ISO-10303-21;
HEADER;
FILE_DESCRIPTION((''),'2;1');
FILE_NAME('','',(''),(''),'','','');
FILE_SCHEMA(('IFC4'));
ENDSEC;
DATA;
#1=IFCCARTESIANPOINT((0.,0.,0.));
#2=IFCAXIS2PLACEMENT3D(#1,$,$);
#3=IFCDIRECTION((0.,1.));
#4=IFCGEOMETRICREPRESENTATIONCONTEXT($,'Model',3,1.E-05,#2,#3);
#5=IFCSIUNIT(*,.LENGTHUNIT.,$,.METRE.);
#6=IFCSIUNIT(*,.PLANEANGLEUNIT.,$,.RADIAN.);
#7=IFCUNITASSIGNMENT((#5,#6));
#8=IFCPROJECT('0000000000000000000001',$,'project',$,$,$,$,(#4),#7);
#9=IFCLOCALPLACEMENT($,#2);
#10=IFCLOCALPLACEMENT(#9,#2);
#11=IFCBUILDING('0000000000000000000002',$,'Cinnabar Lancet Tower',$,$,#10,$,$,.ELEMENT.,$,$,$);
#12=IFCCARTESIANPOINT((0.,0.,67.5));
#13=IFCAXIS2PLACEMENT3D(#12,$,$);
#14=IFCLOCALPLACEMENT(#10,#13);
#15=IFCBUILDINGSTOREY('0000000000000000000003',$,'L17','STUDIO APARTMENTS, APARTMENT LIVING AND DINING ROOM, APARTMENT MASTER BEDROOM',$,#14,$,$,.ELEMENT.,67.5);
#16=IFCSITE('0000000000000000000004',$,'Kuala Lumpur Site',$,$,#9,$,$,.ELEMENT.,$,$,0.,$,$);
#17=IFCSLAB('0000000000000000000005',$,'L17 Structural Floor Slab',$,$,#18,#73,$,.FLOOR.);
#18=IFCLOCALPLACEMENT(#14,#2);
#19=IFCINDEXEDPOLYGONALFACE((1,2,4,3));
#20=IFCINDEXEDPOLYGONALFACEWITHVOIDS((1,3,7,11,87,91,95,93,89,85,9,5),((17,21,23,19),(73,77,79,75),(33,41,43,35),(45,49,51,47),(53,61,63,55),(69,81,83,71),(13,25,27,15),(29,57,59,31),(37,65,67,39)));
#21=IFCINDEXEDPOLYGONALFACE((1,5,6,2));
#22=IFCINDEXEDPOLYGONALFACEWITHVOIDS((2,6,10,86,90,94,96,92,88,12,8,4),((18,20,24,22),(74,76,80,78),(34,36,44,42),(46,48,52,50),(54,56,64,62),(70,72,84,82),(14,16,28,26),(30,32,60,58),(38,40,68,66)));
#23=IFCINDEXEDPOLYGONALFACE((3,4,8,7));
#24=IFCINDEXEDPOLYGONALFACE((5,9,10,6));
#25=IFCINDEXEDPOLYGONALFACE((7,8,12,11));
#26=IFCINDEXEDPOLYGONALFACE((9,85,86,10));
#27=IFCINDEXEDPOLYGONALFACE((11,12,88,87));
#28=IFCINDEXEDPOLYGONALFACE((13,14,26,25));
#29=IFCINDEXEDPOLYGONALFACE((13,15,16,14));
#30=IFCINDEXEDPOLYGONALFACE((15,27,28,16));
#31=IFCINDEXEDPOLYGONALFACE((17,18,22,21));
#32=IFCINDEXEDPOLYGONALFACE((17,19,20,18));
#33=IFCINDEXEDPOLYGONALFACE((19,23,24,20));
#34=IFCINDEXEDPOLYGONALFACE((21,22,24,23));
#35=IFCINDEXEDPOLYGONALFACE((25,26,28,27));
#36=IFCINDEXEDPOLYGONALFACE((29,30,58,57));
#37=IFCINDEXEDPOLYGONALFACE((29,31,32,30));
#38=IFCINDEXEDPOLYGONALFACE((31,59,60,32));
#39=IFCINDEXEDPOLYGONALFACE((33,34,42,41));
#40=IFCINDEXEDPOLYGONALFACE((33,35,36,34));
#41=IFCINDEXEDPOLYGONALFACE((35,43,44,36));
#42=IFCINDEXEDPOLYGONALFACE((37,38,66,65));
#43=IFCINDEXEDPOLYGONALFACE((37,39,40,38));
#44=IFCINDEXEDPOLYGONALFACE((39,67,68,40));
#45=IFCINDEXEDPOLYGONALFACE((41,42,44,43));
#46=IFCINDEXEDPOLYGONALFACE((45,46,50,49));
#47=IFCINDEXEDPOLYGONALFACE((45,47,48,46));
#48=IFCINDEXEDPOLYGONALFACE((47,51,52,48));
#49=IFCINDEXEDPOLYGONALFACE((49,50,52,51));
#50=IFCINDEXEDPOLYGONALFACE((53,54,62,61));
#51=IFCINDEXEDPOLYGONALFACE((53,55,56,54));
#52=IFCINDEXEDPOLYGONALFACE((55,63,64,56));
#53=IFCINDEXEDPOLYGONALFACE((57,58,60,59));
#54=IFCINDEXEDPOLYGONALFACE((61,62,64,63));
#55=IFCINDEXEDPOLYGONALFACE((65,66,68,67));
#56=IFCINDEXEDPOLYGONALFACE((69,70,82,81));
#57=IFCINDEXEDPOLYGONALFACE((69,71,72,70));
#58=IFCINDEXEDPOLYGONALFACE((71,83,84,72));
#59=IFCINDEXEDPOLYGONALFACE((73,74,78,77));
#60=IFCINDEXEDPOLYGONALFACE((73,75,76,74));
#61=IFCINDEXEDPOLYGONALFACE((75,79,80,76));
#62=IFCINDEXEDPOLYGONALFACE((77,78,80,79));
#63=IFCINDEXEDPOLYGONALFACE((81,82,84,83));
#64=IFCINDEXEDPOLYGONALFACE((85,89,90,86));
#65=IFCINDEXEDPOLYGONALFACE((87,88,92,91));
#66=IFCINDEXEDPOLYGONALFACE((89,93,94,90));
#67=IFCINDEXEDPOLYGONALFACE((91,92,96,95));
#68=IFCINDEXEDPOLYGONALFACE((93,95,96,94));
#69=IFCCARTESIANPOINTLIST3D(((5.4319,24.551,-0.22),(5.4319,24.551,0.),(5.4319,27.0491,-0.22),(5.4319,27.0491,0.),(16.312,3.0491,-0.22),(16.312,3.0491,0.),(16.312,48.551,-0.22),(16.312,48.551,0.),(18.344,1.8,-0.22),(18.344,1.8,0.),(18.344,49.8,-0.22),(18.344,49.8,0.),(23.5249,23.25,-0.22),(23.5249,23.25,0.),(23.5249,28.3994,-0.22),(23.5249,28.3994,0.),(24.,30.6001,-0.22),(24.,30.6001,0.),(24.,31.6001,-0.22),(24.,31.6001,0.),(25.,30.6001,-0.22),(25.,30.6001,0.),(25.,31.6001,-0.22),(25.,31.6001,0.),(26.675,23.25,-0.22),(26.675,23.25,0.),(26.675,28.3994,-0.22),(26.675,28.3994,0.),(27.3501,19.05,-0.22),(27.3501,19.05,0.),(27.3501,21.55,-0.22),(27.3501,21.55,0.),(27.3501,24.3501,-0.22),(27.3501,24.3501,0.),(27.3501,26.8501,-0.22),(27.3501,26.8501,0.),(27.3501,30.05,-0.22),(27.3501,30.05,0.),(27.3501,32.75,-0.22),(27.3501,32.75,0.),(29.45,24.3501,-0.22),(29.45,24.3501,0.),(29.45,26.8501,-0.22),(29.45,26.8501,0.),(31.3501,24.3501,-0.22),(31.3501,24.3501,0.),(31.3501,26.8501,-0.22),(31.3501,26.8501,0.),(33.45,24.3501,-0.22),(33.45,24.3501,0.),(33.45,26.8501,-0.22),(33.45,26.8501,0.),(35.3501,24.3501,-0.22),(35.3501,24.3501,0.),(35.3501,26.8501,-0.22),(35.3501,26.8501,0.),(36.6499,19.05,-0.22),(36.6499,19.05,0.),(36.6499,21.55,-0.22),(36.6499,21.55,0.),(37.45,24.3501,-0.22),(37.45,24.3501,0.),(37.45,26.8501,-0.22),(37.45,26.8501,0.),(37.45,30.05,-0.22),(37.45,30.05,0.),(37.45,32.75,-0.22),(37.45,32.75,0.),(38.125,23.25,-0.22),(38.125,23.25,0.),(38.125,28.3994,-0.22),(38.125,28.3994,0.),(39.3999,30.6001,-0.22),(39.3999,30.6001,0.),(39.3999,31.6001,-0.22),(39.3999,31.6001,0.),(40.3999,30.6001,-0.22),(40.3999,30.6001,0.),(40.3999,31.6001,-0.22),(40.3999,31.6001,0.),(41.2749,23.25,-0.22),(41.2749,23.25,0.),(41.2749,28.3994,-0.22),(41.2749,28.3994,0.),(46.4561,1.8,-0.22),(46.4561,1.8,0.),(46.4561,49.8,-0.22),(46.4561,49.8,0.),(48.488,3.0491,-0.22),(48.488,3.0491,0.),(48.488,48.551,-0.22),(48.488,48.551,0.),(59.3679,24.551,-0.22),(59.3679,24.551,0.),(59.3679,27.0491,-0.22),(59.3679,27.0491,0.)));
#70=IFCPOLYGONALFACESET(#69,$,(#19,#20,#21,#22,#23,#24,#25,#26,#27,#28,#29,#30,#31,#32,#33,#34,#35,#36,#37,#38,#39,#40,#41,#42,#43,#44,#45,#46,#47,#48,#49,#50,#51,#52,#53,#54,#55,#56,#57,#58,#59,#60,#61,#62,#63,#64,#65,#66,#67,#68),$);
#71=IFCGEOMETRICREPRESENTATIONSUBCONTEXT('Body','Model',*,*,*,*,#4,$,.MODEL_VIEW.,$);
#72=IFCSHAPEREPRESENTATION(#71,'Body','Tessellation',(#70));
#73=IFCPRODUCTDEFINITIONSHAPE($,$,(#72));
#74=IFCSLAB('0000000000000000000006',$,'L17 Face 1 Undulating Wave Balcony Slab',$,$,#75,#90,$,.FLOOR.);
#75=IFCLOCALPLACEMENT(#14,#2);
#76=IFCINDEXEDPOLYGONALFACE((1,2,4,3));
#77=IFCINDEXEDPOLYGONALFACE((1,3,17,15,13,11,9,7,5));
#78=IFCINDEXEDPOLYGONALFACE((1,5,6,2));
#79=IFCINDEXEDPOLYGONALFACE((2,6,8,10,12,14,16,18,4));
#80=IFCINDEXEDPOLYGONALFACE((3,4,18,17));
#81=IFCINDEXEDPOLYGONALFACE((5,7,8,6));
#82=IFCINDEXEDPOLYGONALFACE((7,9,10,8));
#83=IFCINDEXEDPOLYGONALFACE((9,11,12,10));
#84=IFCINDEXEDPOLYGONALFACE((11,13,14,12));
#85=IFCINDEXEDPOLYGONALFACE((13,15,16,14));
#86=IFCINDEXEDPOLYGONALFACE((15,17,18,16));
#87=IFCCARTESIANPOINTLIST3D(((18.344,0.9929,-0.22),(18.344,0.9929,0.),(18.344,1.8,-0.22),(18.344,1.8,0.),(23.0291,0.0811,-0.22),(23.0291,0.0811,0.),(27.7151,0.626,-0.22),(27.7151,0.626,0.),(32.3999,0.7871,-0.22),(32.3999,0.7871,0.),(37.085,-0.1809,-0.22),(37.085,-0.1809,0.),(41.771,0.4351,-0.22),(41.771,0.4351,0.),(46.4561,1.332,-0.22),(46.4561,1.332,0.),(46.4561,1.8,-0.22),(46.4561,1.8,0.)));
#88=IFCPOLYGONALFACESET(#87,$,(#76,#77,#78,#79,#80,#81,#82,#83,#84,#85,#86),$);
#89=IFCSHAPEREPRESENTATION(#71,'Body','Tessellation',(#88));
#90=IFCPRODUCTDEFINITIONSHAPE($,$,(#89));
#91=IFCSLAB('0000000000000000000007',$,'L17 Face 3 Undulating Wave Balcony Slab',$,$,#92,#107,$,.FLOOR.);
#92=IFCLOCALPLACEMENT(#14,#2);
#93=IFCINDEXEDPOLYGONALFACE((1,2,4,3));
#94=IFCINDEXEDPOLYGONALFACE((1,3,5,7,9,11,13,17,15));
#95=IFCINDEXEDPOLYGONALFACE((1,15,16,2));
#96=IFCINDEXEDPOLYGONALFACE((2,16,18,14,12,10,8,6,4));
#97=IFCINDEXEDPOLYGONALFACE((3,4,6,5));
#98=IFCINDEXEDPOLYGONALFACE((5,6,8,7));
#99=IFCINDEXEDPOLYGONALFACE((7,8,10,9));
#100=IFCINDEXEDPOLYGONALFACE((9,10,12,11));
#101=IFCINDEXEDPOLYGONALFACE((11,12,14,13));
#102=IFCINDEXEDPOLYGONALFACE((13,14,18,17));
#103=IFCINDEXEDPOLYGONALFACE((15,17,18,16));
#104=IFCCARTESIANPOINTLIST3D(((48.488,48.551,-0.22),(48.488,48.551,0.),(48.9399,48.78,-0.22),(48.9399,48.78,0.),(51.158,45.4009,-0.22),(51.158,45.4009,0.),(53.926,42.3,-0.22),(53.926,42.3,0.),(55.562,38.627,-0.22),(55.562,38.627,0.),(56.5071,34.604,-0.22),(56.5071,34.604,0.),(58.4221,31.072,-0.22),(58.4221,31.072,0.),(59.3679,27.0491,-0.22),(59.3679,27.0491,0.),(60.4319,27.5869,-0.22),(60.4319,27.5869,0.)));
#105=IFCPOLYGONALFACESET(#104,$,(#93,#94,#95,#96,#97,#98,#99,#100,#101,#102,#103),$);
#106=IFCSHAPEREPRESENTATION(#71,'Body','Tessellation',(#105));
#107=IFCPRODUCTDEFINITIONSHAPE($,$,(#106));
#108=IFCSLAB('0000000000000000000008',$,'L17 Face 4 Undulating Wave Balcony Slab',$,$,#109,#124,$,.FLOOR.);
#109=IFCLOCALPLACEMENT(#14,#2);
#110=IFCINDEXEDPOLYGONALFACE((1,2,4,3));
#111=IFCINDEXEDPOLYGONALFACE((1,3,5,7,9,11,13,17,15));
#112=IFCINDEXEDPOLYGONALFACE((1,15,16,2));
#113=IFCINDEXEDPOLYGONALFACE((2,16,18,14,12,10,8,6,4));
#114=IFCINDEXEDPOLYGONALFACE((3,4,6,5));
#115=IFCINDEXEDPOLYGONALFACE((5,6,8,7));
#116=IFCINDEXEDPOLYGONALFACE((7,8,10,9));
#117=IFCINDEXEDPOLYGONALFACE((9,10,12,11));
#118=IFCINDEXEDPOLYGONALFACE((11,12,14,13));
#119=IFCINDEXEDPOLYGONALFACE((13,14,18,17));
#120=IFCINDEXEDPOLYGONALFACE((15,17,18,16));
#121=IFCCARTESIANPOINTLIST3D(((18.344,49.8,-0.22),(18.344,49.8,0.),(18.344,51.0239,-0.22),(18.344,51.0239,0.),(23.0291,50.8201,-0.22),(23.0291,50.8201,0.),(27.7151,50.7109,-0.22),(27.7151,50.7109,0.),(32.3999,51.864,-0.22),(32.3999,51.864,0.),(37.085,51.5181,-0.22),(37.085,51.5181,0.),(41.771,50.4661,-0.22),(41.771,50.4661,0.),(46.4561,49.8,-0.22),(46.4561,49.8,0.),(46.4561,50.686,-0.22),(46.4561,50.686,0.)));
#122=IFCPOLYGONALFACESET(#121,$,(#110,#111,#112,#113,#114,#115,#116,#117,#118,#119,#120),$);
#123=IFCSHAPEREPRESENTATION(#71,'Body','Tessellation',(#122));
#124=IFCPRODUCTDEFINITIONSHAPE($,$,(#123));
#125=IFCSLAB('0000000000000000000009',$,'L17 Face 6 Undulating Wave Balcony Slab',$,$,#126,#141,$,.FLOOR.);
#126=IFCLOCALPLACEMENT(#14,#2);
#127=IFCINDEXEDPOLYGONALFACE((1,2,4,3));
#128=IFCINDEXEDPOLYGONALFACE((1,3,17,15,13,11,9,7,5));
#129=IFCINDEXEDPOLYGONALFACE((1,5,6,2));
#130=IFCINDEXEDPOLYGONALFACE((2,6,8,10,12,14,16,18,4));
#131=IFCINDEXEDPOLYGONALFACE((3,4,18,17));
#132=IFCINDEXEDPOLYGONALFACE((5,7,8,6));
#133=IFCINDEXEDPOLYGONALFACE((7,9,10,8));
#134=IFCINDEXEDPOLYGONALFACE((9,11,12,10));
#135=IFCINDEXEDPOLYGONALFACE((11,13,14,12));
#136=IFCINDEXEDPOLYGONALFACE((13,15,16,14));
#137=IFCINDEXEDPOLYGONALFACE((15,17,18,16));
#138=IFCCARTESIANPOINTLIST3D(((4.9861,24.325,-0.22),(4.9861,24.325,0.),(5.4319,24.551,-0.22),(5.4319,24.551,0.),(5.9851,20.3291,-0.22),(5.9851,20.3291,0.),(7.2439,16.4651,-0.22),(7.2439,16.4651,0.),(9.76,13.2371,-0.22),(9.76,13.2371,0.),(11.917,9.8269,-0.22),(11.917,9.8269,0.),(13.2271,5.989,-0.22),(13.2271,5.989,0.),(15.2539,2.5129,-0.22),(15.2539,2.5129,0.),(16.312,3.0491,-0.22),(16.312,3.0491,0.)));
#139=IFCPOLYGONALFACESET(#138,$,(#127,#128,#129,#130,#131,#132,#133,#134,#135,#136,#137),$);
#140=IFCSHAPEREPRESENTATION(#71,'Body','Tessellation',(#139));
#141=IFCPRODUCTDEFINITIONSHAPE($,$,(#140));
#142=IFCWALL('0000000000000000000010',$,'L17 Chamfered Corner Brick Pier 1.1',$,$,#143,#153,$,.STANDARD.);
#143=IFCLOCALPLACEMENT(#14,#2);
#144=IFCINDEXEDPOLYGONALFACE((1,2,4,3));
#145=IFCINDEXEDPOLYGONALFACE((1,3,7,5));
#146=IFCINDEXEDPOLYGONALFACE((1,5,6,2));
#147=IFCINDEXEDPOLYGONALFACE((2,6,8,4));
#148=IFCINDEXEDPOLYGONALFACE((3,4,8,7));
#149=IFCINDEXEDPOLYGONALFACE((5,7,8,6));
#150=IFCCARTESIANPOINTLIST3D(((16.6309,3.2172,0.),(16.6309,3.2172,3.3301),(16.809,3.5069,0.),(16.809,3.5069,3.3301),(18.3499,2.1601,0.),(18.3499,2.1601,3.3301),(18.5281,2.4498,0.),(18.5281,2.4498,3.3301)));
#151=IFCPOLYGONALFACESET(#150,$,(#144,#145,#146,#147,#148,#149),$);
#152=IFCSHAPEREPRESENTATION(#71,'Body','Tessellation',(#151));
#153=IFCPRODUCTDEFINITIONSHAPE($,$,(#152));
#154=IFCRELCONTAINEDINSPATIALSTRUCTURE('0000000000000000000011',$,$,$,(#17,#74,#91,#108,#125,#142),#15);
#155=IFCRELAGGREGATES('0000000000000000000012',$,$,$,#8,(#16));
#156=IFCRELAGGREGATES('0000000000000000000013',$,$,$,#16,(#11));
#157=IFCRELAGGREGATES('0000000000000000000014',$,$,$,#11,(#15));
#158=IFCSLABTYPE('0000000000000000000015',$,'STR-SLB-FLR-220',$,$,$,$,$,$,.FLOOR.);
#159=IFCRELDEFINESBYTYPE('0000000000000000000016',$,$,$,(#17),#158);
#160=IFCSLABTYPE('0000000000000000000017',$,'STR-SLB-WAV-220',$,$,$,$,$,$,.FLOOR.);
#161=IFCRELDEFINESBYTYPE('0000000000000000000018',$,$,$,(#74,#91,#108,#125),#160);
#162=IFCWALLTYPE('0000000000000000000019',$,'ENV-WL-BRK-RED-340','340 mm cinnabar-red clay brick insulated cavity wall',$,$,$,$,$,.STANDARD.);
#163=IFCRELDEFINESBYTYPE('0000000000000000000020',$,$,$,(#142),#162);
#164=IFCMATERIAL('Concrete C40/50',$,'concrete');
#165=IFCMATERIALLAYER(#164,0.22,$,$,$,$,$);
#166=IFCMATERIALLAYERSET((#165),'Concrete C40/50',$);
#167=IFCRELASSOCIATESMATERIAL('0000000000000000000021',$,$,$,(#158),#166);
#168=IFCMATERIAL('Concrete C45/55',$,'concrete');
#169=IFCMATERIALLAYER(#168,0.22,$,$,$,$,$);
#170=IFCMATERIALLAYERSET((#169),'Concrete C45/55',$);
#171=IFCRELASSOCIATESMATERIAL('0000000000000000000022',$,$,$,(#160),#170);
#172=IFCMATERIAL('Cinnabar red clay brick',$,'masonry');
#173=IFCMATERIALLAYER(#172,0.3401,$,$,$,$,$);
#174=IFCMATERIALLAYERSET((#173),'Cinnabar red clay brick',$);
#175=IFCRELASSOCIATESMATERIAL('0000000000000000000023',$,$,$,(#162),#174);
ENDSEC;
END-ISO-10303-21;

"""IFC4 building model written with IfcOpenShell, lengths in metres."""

from ifc_helpers import new_model, si_unit, direction, frame, frame_2d, origin, place, context, subcontext, project, spatial, polyline, rectangle, outline, extrude, material, layer, layer_set, type_object, element, save


model = new_model("IFC4")

# Units and contexts
model_context = context("Model", 3, precision=1e-05, world=origin(), true_north=direction((0.0, 1.0)))
body_context = subcontext(model_context, "Body", "Model", "MODEL_VIEW")
ifc_project = project(units=[si_unit("LENGTHUNIT", "METRE"), si_unit("PLANEANGLEUNIT", "RADIAN")], contexts=[model_context])

# Site, building, storey
site_placement = place(None, origin())
site = spatial("IfcSite", under=ifc_project, at=site_placement, Name="Kuala Lumpur Site", CompositionType="ELEMENT", RefElevation=0.0)
building_placement = place(site_placement, origin())
building = spatial("IfcBuilding", under=site, at=building_placement, Name="Cinnabar Lancet Tower", CompositionType="ELEMENT")
storey_placement = place(building_placement, frame((0.0, 0.0, 67.5)))
storey = spatial("IfcBuildingStorey", under=building, at=storey_placement, Name="L17", Description="STUDIO APARTMENTS, APARTMENT LIVING AND DINING ROOM, APARTMENT MASTER BEDROOM", CompositionType="ELEMENT", Elevation=67.5)

# Slabs
ifc_material_1 = material(Name="Concrete C40/50", Category="concrete")
ifc_layer_1 = layer(ifc_material_1, 0.22)
ifc_layer_set_1 = layer_set([ifc_layer_1], Name="Concrete C40/50")
slab_type_1 = type_object("IfcSlabType", Name="STR-SLB-FLR-220", PredefinedType="FLOOR", material=ifc_layer_set_1)
slab_1_placement = place(storey_placement, frame((0.0, 0.0, -0.22)))
element("IfcSlab", 1, at=slab_1_placement, inside=storey, type_object=slab_type_1, Name="L17 Structural Floor Slab", PredefinedType="FLOOR", context=body_context, shape_type="SweptSolid", body=[
    extrude(outline(polyline([(16.312, 3.0491), (18.344, 1.8), (46.4561, 1.8), (48.488, 3.0491), (59.3679, 24.551), (59.3679, 27.0491), (48.488, 48.551), (46.4561, 49.8), (18.344, 49.8), (16.312, 48.551), (5.4319, 27.0491), (5.4319, 24.551), (16.312, 3.0491)]), holes=[polyline([(23.5249, 23.25), (26.675, 23.25), (26.675, 28.3994), (23.5249, 28.3994), (23.5249, 23.25)]), polyline([(38.125, 23.25), (41.2749, 23.25), (41.2749, 28.3994), (38.125, 28.3994), (38.125, 23.25)]), polyline([(27.3501, 30.05), (37.45, 30.05), (37.45, 32.75), (27.3501, 32.75), (27.3501, 30.05)]), polyline([(27.3501, 19.05), (36.6499, 19.05), (36.6499, 21.55), (27.3501, 21.55), (27.3501, 19.05)]), polyline([(27.3501, 24.3501), (29.45, 24.3501), (29.45, 26.8501), (27.3501, 26.8501), (27.3501, 24.3501)]), polyline([(35.3501, 24.3501), (37.45, 24.3501), (37.45, 26.8501), (35.3501, 26.8501), (35.3501, 24.3501)]), polyline([(31.3501, 24.3501), (33.45, 24.3501), (33.45, 26.8501), (31.3501, 26.8501), (31.3501, 24.3501)]), polyline([(24.0, 30.6001), (25.0, 30.6001), (25.0, 31.6001), (24.0, 31.6001), (24.0, 30.6001)]), polyline([(39.3999, 30.6001), (40.3999, 30.6001), (40.3999, 31.6001), (39.3999, 31.6001), (39.3999, 30.6001)])]), origin(), (0.0, 0.0, 1.0), 0.22),
])
ifc_material_2 = material(Name="Concrete C45/55", Category="concrete")
ifc_layer_2 = layer(ifc_material_2, 0.22)
ifc_layer_set_2 = layer_set([ifc_layer_2], Name="Concrete C45/55")
slab_type_2 = type_object("IfcSlabType", Name="STR-SLB-WAV-220", PredefinedType="FLOOR", material=ifc_layer_set_2)
slab_2_placement = place(storey_placement, frame((0.0, 0.0, -0.22)))
element("IfcSlab", 2, at=slab_2_placement, inside=storey, type_object=slab_type_2, Name="L17 Face 1 Undulating Wave Balcony Slab", PredefinedType="FLOOR", context=body_context, shape_type="SweptSolid", body=[
    extrude(outline(polyline([(18.344, 1.8), (18.344, 0.9929), (23.0291, 0.0811), (27.7151, 0.626), (32.3999, 0.7871), (37.085, -0.1809), (41.771, 0.4351), (46.4561, 1.332), (46.4561, 1.8), (18.344, 1.8)])), origin(), (0.0, 0.0, 1.0), 0.22),
])
slab_3_placement = place(storey_placement, frame((0.0, 0.0, -0.22)))
element("IfcSlab", 3, at=slab_3_placement, inside=storey, type_object=slab_type_2, Name="L17 Face 3 Undulating Wave Balcony Slab", PredefinedType="FLOOR", context=body_context, shape_type="SweptSolid", body=[
    extrude(outline(polyline([(59.3679, 27.0491), (60.4319, 27.5869), (58.4221, 31.072), (56.5071, 34.604), (55.562, 38.627), (53.926, 42.3), (51.158, 45.4009), (48.9399, 48.78), (48.488, 48.551), (59.3679, 27.0491)])), origin(), (0.0, 0.0, 1.0), 0.22),
])
slab_4_placement = place(storey_placement, frame((0.0, 0.0, -0.22)))
element("IfcSlab", 4, at=slab_4_placement, inside=storey, type_object=slab_type_2, Name="L17 Face 4 Undulating Wave Balcony Slab", PredefinedType="FLOOR", context=body_context, shape_type="SweptSolid", body=[
    extrude(outline(polyline([(46.4561, 49.8), (46.4561, 50.686), (41.771, 50.4661), (37.085, 51.5181), (32.3999, 51.864), (27.7151, 50.7109), (23.0291, 50.8201), (18.344, 51.0239), (18.344, 49.8), (46.4561, 49.8)])), origin(), (0.0, 0.0, 1.0), 0.22),
])
slab_5_placement = place(storey_placement, frame((0.0, 0.0, -0.22)))
element("IfcSlab", 5, at=slab_5_placement, inside=storey, type_object=slab_type_2, Name="L17 Face 6 Undulating Wave Balcony Slab", PredefinedType="FLOOR", context=body_context, shape_type="SweptSolid", body=[
    extrude(outline(polyline([(5.4319, 24.551), (4.9861, 24.325), (5.9851, 20.3291), (7.2439, 16.4651), (9.76, 13.2371), (11.917, 9.8269), (13.2271, 5.989), (15.2539, 2.5129), (16.312, 3.0491), (5.4319, 24.551)])), origin(), (0.0, 0.0, 1.0), 0.22),
])

# Wall
ifc_material_3 = material(Name="Cinnabar red clay brick", Category="masonry")
ifc_layer_3 = layer(ifc_material_3, 0.3401)
ifc_layer_set_3 = layer_set([ifc_layer_3], Name="Cinnabar red clay brick")
wall_type = type_object("IfcWallType", Name="ENV-WL-BRK-RED-340", Description="340 mm cinnabar-red clay brick insulated cavity wall", PredefinedType="STANDARD", material=ifc_layer_set_3)
wall_1_placement = place(storey_placement, frame((16.72, 3.3621, 0.0), z_axis=(0.0, 0.0, 1.0), x_axis=(0.851816, -0.523841, 0.0)))
element("IfcWall", 6, at=wall_1_placement, inside=storey, type_object=wall_type, Name="L17 Chamfered Corner Brick Pier 1.1", PredefinedType="STANDARD", context=body_context, shape_type="SweptSolid", body=[
    extrude(rectangle(XDim=2.0181, YDim=0.3401, at=frame_2d((1.009, 0.0))), origin(), (0.0, 0.0, 1.0), 3.3301),
])

save(model, "model.ifc")
